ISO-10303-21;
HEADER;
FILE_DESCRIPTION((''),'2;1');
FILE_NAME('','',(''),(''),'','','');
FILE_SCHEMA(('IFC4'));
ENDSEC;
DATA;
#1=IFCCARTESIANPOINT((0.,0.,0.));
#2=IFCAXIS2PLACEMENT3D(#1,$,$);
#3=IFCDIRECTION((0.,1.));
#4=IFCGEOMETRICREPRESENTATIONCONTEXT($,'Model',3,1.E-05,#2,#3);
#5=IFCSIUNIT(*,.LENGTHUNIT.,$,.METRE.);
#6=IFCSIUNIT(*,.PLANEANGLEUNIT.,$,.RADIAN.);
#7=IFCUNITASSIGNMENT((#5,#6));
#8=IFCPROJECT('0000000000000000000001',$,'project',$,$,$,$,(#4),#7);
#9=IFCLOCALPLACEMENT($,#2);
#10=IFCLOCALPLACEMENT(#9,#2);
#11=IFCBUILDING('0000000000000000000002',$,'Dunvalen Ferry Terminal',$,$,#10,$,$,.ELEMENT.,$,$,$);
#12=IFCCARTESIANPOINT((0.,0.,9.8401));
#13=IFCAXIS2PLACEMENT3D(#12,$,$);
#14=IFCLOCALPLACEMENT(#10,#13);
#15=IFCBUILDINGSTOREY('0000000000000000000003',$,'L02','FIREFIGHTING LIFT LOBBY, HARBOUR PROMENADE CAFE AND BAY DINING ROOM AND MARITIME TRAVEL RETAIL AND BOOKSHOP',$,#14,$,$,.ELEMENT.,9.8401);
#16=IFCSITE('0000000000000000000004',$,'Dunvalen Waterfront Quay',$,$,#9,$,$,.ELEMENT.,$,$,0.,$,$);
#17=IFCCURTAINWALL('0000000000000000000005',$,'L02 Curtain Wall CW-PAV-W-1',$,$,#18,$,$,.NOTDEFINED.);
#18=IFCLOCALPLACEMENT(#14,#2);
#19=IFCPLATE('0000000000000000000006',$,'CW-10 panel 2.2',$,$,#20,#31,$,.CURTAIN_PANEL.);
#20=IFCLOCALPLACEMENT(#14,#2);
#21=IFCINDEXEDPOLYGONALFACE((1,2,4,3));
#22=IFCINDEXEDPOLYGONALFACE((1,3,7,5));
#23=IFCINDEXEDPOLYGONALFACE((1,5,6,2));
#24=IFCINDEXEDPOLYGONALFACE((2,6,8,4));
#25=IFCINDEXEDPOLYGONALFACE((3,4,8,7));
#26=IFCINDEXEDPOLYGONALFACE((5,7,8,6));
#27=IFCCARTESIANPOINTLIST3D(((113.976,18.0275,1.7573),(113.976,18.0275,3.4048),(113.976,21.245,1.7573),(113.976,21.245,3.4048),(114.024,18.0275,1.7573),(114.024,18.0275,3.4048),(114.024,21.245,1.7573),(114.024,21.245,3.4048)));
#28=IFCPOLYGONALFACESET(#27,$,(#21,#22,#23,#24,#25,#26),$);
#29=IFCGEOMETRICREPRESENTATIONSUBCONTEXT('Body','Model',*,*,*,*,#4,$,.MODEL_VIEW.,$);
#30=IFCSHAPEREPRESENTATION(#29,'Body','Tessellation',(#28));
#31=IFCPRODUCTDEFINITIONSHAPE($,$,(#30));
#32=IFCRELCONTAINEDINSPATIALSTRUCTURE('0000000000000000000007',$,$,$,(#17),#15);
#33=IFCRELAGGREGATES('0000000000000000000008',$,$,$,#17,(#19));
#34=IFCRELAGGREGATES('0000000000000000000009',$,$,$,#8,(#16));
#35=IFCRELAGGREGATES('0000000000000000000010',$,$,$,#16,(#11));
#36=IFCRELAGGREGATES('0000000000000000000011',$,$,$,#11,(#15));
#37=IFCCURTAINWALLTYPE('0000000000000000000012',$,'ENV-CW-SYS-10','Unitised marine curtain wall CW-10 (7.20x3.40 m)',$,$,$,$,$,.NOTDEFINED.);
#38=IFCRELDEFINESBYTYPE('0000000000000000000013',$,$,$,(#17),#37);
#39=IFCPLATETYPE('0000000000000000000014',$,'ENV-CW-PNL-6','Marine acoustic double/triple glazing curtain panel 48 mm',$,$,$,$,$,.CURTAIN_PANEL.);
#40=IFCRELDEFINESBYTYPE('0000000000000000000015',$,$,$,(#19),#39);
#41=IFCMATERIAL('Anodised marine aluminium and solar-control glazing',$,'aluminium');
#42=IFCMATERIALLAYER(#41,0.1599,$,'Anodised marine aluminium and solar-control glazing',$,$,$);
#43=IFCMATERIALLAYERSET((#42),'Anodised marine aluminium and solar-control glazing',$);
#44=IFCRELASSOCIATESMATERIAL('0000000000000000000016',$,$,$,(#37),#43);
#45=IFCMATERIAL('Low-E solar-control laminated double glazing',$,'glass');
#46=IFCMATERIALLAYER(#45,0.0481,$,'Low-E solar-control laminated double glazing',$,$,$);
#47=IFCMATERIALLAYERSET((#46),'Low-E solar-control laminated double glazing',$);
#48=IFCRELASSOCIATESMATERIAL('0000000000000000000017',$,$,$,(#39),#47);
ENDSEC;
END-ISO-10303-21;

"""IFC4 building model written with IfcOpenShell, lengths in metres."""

from ifc_helpers import new_model, si_unit, direction, frame, origin, origin_2d, place, context, subcontext, project, spatial, rectangle, extrude, material, layer, layer_set, type_object, element, aggregate, save


model = new_model("IFC4")

# Units and contexts
model_context = context("Model", 3, precision=1e-05, world=origin(), true_north=direction((0.0, 1.0)))
body_context = subcontext(model_context, "Body", "Model", "MODEL_VIEW")
ifc_project = project(units=[si_unit("LENGTHUNIT", "METRE"), si_unit("PLANEANGLEUNIT", "RADIAN")], contexts=[model_context])

# Site, building, storey
site_placement = place(None, origin())
site = spatial("IfcSite", under=ifc_project, at=site_placement, Name="Dunvalen Waterfront Quay", CompositionType="ELEMENT", RefElevation=0.0)
building_placement = place(site_placement, origin())
building = spatial("IfcBuilding", under=site, at=building_placement, Name="Dunvalen Ferry Terminal", CompositionType="ELEMENT")
storey_placement = place(building_placement, frame((0.0, 0.0, 9.8401)))
storey = spatial("IfcBuildingStorey", under=building, at=storey_placement, Name="L02", Description="FIREFIGHTING LIFT LOBBY, HARBOUR PROMENADE CAFE AND BAY DINING ROOM AND MARITIME TRAVEL RETAIL AND BOOKSHOP", CompositionType="ELEMENT", Elevation=9.8401)

# Curtain wall
ifc_material_1 = material(Name="Anodised marine aluminium and solar-control glazing", Category="aluminium")
ifc_layer_1 = layer(ifc_material_1, 0.1599, Name="Anodised marine aluminium and solar-control glazing")
ifc_layer_set_1 = layer_set([ifc_layer_1], Name="Anodised marine aluminium and solar-control glazing")
curtain_wall_type = type_object("IfcCurtainWallType", Name="ENV-CW-SYS-10", Description="Unitised marine curtain wall CW-10 (7.20x3.40 m)", PredefinedType="NOTDEFINED", material=ifc_layer_set_1)
curtain_wall_1_placement = place(storey_placement, origin())
curtain_wall_1 = element("IfcCurtainWall", 1, at=curtain_wall_1_placement, inside=storey, type_object=curtain_wall_type, Name="L02 Curtain Wall CW-PAV-W-1", PredefinedType="NOTDEFINED")

# Plate
ifc_material_2 = material(Name="Low-E solar-control laminated double glazing", Category="glass")
ifc_layer_2 = layer(ifc_material_2, 0.0481, Name="Low-E solar-control laminated double glazing")
ifc_layer_set_2 = layer_set([ifc_layer_2], Name="Low-E solar-control laminated double glazing")
plate_type = type_object("IfcPlateType", Name="ENV-CW-PNL-6", Description="Marine acoustic double/triple glazing curtain panel 48 mm", PredefinedType="CURTAIN_PANEL", material=ifc_layer_set_2)
plate_1_placement = place(storey_placement, frame((114.0, 19.6362, 1.7573), z_axis=(0.0, 0.0, 1.0), x_axis=(0.0, 1.0, 0.0)))
plate_1 = element("IfcPlate", 2, at=plate_1_placement, type_object=plate_type, Name="CW-10 panel 2.2", PredefinedType="CURTAIN_PANEL", context=body_context, shape_type="SweptSolid", body=[
    extrude(rectangle(XDim=3.2175, YDim=0.0481, at=origin_2d()), origin(), (0.0, 0.0, 1.0), 1.6475),
])
aggregate(curtain_wall_1, [plate_1])

save(model, "model.ifc")
